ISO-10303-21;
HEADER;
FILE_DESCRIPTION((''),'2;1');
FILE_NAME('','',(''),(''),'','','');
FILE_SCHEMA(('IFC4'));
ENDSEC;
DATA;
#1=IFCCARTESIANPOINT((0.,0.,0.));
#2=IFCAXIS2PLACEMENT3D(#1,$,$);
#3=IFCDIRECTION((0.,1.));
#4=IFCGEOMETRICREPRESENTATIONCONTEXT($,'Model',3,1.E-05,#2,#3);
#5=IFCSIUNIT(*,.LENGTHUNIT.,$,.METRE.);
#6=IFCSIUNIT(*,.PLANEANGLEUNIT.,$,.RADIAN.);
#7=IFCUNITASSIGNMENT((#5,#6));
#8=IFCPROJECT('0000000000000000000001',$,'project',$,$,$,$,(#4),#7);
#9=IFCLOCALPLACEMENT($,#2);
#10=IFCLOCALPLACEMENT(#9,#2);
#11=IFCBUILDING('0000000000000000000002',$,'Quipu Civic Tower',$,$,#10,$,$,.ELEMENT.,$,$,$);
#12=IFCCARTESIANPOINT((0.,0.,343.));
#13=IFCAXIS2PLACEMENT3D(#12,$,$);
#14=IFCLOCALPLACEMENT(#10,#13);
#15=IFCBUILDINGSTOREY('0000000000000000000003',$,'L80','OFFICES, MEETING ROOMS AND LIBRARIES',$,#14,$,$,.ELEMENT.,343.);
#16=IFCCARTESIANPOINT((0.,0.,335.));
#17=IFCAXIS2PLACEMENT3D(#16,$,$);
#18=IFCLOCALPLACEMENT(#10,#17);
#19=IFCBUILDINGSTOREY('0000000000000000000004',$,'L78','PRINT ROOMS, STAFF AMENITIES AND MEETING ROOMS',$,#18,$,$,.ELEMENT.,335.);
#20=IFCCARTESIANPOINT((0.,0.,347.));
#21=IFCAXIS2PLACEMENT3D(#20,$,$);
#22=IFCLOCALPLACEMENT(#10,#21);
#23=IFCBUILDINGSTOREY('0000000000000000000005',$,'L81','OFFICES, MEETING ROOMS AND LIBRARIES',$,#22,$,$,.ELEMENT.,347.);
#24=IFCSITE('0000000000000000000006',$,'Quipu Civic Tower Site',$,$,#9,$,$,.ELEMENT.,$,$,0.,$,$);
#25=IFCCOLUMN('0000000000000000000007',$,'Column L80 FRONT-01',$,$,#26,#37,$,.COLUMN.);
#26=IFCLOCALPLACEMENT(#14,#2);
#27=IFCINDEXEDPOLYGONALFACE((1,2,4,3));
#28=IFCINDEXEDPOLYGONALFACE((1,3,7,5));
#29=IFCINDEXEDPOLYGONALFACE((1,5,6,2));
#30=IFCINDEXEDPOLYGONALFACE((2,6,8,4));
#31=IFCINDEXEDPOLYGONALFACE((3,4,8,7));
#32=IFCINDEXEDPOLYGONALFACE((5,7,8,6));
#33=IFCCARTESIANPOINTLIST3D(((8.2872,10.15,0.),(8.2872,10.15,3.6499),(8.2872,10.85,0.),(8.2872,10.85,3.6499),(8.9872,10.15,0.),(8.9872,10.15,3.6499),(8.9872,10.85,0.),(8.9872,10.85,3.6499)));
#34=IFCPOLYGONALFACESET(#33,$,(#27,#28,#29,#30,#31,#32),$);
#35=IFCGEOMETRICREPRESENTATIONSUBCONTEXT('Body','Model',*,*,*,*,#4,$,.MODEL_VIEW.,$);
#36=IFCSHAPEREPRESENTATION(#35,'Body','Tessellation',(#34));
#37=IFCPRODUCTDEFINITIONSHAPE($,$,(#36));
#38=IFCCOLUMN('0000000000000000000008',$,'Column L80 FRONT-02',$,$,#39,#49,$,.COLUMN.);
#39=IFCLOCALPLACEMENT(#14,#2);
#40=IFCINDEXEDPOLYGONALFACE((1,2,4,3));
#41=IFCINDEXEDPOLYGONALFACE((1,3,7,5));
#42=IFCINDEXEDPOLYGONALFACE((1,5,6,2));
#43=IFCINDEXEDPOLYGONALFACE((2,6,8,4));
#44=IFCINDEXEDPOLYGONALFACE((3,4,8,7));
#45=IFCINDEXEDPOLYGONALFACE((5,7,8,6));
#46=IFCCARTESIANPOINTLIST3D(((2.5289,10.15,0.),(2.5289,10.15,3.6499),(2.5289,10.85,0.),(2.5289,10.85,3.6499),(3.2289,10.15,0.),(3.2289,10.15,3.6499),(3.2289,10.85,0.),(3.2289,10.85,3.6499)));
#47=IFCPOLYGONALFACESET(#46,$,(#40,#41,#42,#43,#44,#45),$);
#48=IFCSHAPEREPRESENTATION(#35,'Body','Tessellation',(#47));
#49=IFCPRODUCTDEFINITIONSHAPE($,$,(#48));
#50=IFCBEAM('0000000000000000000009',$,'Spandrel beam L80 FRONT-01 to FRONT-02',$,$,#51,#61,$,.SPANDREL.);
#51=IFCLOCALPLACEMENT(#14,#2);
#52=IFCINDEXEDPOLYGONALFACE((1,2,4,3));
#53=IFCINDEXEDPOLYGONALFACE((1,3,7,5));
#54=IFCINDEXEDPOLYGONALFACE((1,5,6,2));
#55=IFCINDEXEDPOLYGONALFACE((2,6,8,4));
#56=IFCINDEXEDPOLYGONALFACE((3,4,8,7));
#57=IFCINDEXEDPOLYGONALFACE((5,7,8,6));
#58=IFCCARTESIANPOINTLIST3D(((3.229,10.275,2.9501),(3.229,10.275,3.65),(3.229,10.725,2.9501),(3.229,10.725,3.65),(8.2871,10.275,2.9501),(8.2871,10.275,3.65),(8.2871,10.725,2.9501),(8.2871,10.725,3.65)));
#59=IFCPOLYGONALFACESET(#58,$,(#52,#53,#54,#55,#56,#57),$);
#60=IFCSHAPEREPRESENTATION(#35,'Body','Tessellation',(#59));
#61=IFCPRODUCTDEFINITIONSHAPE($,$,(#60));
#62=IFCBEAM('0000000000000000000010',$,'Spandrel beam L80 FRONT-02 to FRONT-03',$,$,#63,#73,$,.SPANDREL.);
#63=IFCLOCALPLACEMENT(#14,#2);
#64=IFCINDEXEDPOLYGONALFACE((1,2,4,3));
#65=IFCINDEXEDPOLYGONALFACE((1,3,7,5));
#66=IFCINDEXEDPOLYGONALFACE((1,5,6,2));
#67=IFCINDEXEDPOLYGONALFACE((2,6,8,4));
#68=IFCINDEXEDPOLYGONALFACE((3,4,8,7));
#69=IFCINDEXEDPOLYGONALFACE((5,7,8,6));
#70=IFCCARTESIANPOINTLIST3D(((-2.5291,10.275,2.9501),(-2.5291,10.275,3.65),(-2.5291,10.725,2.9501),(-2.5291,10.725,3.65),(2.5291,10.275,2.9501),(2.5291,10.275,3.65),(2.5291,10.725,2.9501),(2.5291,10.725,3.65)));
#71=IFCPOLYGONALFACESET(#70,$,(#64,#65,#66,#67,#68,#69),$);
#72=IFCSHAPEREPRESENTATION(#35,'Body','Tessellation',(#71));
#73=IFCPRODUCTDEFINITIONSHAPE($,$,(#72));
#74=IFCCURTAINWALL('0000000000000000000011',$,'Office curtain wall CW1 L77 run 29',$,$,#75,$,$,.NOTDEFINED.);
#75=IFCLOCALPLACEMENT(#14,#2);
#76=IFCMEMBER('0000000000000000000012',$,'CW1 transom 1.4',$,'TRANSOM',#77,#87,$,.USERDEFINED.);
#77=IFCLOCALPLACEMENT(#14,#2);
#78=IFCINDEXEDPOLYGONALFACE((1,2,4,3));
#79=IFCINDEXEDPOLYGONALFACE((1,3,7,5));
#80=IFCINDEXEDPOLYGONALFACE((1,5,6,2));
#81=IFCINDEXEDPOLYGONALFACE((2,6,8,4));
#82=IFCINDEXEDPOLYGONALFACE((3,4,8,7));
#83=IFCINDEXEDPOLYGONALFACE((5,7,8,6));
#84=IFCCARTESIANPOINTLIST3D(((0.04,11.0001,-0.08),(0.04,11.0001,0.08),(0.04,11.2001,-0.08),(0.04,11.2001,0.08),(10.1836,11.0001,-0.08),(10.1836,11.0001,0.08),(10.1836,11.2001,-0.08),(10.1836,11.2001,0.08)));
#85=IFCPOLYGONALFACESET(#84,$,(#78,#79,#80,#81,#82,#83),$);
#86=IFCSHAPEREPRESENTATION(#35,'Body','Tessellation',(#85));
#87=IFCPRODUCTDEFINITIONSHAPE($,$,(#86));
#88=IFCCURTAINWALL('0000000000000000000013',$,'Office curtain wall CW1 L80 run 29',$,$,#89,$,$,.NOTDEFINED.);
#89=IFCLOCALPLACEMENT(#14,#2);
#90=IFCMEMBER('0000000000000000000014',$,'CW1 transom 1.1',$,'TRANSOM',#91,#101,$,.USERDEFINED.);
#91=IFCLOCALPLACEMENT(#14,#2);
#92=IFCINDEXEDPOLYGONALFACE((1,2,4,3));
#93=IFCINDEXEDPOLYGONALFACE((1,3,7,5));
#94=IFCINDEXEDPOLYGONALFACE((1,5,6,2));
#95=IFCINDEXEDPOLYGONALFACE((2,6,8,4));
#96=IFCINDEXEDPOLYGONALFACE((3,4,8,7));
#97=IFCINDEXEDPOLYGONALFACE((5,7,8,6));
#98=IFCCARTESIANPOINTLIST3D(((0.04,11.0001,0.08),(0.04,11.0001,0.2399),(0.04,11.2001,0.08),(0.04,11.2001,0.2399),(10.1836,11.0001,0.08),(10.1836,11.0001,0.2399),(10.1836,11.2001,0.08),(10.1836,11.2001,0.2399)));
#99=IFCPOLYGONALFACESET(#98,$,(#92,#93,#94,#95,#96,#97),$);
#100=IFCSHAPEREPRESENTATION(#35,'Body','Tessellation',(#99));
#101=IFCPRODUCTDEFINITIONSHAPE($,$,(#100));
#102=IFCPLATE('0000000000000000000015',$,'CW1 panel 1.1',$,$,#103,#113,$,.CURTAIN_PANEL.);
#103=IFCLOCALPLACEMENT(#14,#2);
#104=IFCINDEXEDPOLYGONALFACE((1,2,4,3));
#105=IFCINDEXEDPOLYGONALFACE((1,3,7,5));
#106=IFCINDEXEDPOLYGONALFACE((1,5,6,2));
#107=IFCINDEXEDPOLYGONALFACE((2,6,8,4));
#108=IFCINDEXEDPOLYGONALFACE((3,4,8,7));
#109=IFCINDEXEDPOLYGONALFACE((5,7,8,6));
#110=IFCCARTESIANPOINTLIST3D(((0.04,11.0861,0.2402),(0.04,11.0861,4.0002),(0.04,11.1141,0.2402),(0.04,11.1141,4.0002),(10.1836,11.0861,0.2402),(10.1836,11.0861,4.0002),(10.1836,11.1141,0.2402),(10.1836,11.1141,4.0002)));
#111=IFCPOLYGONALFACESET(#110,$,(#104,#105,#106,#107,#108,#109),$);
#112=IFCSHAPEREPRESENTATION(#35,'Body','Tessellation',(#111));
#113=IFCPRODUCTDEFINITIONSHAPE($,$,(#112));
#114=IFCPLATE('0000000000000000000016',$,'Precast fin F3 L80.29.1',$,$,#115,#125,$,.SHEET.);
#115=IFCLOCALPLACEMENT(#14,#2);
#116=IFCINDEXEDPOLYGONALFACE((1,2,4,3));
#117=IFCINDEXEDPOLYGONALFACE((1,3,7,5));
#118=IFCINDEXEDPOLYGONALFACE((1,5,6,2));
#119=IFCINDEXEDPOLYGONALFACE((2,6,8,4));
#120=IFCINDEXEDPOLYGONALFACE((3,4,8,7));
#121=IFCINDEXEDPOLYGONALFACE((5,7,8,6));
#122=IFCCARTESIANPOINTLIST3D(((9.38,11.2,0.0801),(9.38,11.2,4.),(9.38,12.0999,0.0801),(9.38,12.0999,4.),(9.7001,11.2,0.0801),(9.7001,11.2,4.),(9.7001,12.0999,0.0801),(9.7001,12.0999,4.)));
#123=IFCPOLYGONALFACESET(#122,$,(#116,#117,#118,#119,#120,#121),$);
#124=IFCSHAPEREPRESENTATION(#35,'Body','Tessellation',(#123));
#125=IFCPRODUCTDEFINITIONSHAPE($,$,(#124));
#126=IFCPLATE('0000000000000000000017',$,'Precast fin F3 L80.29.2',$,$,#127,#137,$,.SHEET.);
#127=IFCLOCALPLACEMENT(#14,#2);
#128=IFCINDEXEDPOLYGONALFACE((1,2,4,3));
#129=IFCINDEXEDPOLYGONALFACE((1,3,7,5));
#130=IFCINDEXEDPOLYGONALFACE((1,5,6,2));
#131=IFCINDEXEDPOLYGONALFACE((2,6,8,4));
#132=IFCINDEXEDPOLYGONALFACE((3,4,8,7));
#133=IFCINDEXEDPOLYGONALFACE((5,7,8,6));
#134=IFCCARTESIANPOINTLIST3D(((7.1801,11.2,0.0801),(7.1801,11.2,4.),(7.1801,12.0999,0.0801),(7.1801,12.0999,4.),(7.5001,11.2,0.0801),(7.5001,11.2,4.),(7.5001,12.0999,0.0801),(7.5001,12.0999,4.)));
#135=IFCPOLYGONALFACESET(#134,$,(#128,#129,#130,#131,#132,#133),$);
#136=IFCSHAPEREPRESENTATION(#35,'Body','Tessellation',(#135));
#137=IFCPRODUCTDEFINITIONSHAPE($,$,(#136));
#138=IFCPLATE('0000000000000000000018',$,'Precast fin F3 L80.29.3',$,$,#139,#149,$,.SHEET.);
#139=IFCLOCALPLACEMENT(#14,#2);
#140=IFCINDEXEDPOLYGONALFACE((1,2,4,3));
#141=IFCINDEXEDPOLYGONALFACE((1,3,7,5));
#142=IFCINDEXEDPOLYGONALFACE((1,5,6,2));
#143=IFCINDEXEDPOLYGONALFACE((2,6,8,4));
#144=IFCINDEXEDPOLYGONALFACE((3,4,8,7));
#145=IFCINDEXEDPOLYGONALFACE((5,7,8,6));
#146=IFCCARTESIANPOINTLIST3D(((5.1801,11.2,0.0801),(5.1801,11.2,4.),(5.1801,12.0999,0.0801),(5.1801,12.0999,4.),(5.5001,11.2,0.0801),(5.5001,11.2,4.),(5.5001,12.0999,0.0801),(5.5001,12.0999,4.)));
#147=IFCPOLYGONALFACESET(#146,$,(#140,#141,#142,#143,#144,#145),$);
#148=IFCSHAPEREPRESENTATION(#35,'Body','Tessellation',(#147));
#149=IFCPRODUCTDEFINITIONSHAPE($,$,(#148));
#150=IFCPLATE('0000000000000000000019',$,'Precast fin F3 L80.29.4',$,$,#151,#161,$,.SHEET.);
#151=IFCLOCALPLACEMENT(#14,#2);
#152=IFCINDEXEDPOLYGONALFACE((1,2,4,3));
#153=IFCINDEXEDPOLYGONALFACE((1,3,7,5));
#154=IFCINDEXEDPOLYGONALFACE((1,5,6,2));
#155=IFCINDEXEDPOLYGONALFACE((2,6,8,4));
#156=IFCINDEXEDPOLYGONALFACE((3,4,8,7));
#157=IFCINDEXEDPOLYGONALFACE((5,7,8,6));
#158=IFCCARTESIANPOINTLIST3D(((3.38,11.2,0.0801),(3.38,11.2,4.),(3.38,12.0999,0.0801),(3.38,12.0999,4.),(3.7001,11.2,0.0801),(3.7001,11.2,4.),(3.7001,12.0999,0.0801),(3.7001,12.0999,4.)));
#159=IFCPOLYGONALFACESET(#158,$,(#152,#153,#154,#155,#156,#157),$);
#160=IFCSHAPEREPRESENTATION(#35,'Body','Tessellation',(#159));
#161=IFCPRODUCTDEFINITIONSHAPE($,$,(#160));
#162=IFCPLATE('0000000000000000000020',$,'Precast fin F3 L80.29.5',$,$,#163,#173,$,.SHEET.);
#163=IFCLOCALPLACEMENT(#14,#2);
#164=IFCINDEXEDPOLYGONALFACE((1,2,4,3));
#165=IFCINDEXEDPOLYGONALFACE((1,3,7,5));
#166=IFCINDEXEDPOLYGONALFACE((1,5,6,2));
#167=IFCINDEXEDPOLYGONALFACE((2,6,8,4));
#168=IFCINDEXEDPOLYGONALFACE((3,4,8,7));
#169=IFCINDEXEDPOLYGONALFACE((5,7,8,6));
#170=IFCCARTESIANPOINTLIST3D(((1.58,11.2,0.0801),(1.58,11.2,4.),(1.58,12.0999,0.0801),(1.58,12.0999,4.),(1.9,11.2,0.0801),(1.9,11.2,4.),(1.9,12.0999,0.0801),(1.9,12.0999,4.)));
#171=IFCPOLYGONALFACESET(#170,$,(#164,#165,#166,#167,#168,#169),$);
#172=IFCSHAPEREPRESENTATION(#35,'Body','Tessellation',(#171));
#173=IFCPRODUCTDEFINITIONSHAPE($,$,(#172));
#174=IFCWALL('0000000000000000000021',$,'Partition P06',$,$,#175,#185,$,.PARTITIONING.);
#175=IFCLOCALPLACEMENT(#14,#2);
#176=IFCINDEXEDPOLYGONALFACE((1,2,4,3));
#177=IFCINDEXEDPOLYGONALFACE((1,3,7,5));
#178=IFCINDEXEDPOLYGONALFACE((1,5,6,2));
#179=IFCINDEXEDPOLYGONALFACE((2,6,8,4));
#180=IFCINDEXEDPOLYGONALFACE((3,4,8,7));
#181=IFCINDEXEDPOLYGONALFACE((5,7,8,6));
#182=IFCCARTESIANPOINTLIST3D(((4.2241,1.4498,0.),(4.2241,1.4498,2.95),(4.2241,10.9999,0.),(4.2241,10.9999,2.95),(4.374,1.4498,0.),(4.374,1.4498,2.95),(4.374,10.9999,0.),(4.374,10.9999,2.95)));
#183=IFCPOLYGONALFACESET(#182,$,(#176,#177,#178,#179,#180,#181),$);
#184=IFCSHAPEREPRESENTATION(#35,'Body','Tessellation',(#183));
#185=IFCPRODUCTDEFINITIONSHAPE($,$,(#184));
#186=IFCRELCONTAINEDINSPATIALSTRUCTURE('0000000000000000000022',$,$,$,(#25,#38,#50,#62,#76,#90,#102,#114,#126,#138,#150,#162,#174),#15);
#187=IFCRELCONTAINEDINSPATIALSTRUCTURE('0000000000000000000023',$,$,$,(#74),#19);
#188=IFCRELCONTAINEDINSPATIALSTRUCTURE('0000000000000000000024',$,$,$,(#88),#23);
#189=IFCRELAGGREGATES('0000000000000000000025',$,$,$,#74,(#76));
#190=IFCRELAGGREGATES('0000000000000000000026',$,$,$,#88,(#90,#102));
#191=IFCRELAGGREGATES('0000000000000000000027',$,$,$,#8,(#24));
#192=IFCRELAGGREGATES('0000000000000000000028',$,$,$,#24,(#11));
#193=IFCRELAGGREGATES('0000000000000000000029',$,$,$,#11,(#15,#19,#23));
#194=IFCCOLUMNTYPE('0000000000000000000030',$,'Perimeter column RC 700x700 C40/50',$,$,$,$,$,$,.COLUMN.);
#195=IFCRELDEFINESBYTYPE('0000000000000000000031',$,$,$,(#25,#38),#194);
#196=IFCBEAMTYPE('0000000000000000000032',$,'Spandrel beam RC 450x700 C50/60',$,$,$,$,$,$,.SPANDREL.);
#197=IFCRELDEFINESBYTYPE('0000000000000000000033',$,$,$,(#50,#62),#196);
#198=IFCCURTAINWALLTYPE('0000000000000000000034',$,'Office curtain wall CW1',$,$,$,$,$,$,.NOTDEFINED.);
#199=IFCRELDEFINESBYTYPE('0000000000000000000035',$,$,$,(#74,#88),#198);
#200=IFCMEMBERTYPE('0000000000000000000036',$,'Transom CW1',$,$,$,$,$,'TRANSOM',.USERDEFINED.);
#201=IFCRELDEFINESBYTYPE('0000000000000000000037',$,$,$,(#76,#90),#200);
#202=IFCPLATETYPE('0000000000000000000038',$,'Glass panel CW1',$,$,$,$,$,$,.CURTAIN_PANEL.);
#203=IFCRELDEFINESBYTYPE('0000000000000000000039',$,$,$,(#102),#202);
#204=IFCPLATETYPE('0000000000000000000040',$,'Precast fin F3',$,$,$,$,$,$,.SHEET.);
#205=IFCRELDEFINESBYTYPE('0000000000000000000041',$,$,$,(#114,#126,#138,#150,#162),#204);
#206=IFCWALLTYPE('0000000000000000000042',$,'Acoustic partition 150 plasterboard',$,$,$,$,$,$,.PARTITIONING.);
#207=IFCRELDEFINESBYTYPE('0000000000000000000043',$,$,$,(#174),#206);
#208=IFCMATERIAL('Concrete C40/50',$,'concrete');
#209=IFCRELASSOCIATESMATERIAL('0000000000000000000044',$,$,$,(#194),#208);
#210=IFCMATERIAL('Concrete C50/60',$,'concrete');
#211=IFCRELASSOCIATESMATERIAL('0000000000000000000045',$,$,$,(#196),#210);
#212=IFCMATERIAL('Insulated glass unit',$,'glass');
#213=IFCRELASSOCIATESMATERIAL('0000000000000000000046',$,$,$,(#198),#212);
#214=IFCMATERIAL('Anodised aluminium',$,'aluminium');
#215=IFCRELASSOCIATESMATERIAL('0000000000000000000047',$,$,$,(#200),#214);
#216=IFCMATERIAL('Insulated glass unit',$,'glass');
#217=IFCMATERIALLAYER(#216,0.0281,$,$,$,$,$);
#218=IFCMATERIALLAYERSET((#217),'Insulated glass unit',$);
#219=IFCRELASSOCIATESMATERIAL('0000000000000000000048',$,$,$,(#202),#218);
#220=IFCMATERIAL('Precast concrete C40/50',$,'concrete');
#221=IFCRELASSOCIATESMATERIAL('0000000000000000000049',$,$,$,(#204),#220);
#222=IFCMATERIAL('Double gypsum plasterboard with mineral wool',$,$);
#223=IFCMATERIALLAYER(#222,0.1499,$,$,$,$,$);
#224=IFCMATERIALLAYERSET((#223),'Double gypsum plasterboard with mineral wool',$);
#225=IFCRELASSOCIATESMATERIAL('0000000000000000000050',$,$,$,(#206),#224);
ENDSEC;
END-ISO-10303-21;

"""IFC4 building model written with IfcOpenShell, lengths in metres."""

from ifc_helpers import new_model, si_unit, direction, frame, frame_2d, origin, origin_2d, place, context, subcontext, project, spatial, rectangle, extrude, material, layer, layer_set, material_profile, profile_set, type_object, element, aggregate, save


model = new_model("IFC4")

# Units and contexts
model_context = context("Model", 3, precision=1e-05, world=origin(), true_north=direction((0.0, 1.0)))
body_context = subcontext(model_context, "Body", "Model", "MODEL_VIEW")
ifc_project = project(units=[si_unit("LENGTHUNIT", "METRE"), si_unit("PLANEANGLEUNIT", "RADIAN")], contexts=[model_context])

# Site, building, storey
site_placement = place(None, origin())
site = spatial("IfcSite", under=ifc_project, at=site_placement, Name="Quipu Civic Tower Site", CompositionType="ELEMENT", RefElevation=0.0)
building_placement = place(site_placement, origin())
building = spatial("IfcBuilding", under=site, at=building_placement, Name="Quipu Civic Tower", CompositionType="ELEMENT")
storey_1_placement = place(building_placement, frame((0.0, 0.0, 343.0)))
storey_1 = spatial("IfcBuildingStorey", under=building, at=storey_1_placement, Name="L80", Description="OFFICES, MEETING ROOMS AND LIBRARIES", CompositionType="ELEMENT", Elevation=343.0)

# Columns
ifc_material_1 = material(Name="Concrete C40/50", Category="concrete")
ifc_material_profile_1 = material_profile(ifc_material_1, rectangle(XDim=0.7, YDim=0.7, at=origin_2d()), Name="RC700x700")
ifc_profile_set_1 = profile_set([ifc_material_profile_1], Name="Concrete C40/50")
column_type = type_object("IfcColumnType", Name="Perimeter column RC 700x700 C40/50", PredefinedType="COLUMN", material=ifc_profile_set_1)
for number, where, z_axis, x_axis, name in (
    (1, (8.6372, 10.5, 0.0), (0.0, 0.0, 1.0), (-1.0, 0.0, 0.0), "Column L80 FRONT-01"),
    (2, (2.8789, 10.5, 0.0), (0.0, 0.0, 1.0), (-1.0, 0.0, 0.0), "Column L80 FRONT-02"),
):
    element("IfcColumn", number, at=place(storey_1_placement, frame(where, z_axis=z_axis, x_axis=x_axis)), inside=storey_1, type_object=column_type, Name=name, PredefinedType="COLUMN", context=body_context, shape_type="SweptSolid", body=[
        extrude(rectangle(XDim=0.7, YDim=0.7, at=origin_2d()), origin(), (0.0, 0.0, 1.0), 3.6499),
    ])

# Beams
ifc_material_2 = material(Name="Concrete C50/60", Category="concrete")
ifc_material_profile_2 = material_profile(ifc_material_2, rectangle(XDim=0.45, YDim=0.7, at=origin_2d()), Name="RC450x700")
ifc_profile_set_2 = profile_set([ifc_material_profile_2], Name="Concrete C50/60")
beam_type = type_object("IfcBeamType", Name="Spandrel beam RC 450x700 C50/60", PredefinedType="SPANDREL", material=ifc_profile_set_2)
for number, where, z_axis, x_axis, name in (
    (3, (8.2871, 10.5, 3.3), (-1.0, 0.0, 0.0), (0.0, -1.0, 0.0), "Spandrel beam L80 FRONT-01 to FRONT-02"),
    (4, (2.5291, 10.5, 3.3), (-1.0, 0.0, 0.0), (0.0, -1.0, 0.0), "Spandrel beam L80 FRONT-02 to FRONT-03"),
):
    element("IfcBeam", number, at=place(storey_1_placement, frame(where, z_axis=z_axis, x_axis=x_axis)), inside=storey_1, type_object=beam_type, Name=name, PredefinedType="SPANDREL", context=body_context, shape_type="SweptSolid", body=[
        extrude(rectangle(XDim=0.45, YDim=0.7, at=origin_2d()), origin(), (0.0, 0.0, 1.0), 5.0581),
    ])

# Shared definitions
storey_2_placement = place(building_placement, frame((0.0, 0.0, 335.0)))
storey_2 = spatial("IfcBuildingStorey", under=building, at=storey_2_placement, Name="L78", Description="PRINT ROOMS, STAFF AMENITIES AND MEETING ROOMS", CompositionType="ELEMENT", Elevation=335.0)

# Curtain wall, member
ifc_material_3 = material(Name="Insulated glass unit", Category="glass")
curtain_wall_type = type_object("IfcCurtainWallType", Name="Office curtain wall CW1", PredefinedType="NOTDEFINED", material=ifc_material_3)
curtain_wall_1_placement = place(storey_2_placement, origin())
curtain_wall_1 = element("IfcCurtainWall", 5, at=curtain_wall_1_placement, inside=storey_2, type_object=curtain_wall_type, Name="Office curtain wall CW1 L77 run 29", PredefinedType="NOTDEFINED")
ifc_material_4 = material(Name="Anodised aluminium", Category="aluminium")
ifc_material_profile_3 = material_profile(ifc_material_4, rectangle(XDim=0.2, YDim=0.1599, at=origin_2d()), Name="RECT 200x160")
ifc_profile_set_3 = profile_set([ifc_material_profile_3], Name="Anodised aluminium")
member_type = type_object("IfcMemberType", Name="Transom CW1", ElementType="TRANSOM", PredefinedType="USERDEFINED", material=ifc_profile_set_3)
member_1_placement = place(storey_1_placement, frame((10.1836, 11.1001, 0.0), z_axis=(-1.0, 0.0, 0.0), x_axis=(0.0, -1.0, 0.0)))
member_1 = element("IfcMember", 6, at=member_1_placement, inside=storey_1, type_object=member_type, Name="CW1 transom 1.4", ObjectType="TRANSOM", PredefinedType="USERDEFINED", context=body_context, shape_type="SweptSolid", body=[
    extrude(rectangle(XDim=0.2, YDim=0.1599, at=origin_2d()), origin(), (0.0, 0.0, 1.0), 10.1436),
])
aggregate(curtain_wall_1, [member_1])

# Shared definitions
storey_3_placement = place(building_placement, frame((0.0, 0.0, 347.0)))
storey_3 = spatial("IfcBuildingStorey", under=building, at=storey_3_placement, Name="L81", Description="OFFICES, MEETING ROOMS AND LIBRARIES", CompositionType="ELEMENT", Elevation=347.0)

# Curtain wall, member, plate
curtain_wall_2_placement = place(storey_3_placement, origin())
curtain_wall_2 = element("IfcCurtainWall", 7, at=curtain_wall_2_placement, inside=storey_3, type_object=curtain_wall_type, Name="Office curtain wall CW1 L80 run 29", PredefinedType="NOTDEFINED")
member_2_placement = place(storey_1_placement, frame((10.1836, 11.1001, 0.1599), z_axis=(-1.0, 0.0, 0.0), x_axis=(0.0, -1.0, 0.0)))
member_2 = element("IfcMember", 8, at=member_2_placement, inside=storey_1, type_object=member_type, Name="CW1 transom 1.1", ObjectType="TRANSOM", PredefinedType="USERDEFINED", context=body_context, shape_type="SweptSolid", body=[
    extrude(rectangle(XDim=0.2, YDim=0.1599, at=origin_2d()), origin(), (0.0, 0.0, 1.0), 10.1436),
])
ifc_material_5 = material(Name="Insulated glass unit", Category="glass")
ifc_layer_1 = layer(ifc_material_5, 0.0281)
ifc_layer_set_1 = layer_set([ifc_layer_1], Name="Insulated glass unit")
plate_type_1 = type_object("IfcPlateType", Name="Glass panel CW1", PredefinedType="CURTAIN_PANEL", material=ifc_layer_set_1)
plate_placement = place(storey_1_placement, frame((5.1118, 11.1001, 0.2402), z_axis=(0.0, 0.0, 1.0), x_axis=(-1.0, 0.0, 0.0)))
plate = element("IfcPlate", 9, at=plate_placement, inside=storey_1, type_object=plate_type_1, Name="CW1 panel 1.1", PredefinedType="CURTAIN_PANEL", context=body_context, shape_type="SweptSolid", body=[
    extrude(rectangle(XDim=10.1436, YDim=0.0281, at=origin_2d()), origin(), (0.0, 0.0, 1.0), 3.76),
])
aggregate(curtain_wall_2, [member_2, plate])

# Plates
ifc_material_6 = material(Name="Precast concrete C40/50", Category="concrete")
plate_type_2 = type_object("IfcPlateType", Name="Precast fin F3", PredefinedType="SHEET", material=ifc_material_6)
for number, where, z_axis, x_axis, name in (
    (10, (9.54, 11.6499, 0.0801), (0.0, 0.0, 1.0), (-1.0, 0.0, 0.0), "Precast fin F3 L80.29.1"),
    (11, (7.3401, 11.6499, 0.0801), (0.0, 0.0, 1.0), (-1.0, 0.0, 0.0), "Precast fin F3 L80.29.2"),
    (12, (5.3401, 11.6499, 0.0801), (0.0, 0.0, 1.0), (-1.0, 0.0, 0.0), "Precast fin F3 L80.29.3"),
    (13, (3.54, 11.6499, 0.0801), (0.0, 0.0, 1.0), (-1.0, 0.0, 0.0), "Precast fin F3 L80.29.4"),
    (14, (1.74, 11.6499, 0.0801), (0.0, 0.0, 1.0), (-1.0, 0.0, 0.0), "Precast fin F3 L80.29.5"),
):
    element("IfcPlate", number, at=place(storey_1_placement, frame(where, z_axis=z_axis, x_axis=x_axis)), inside=storey_1, type_object=plate_type_2, Name=name, PredefinedType="SHEET", context=body_context, shape_type="SweptSolid", body=[
        extrude(rectangle(XDim=0.3201, YDim=0.8999, at=origin_2d()), origin(), (0.0, 0.0, 1.0), 3.9199),
    ])

# Wall
ifc_material_7 = material(Name="Double gypsum plasterboard with mineral wool")
ifc_layer_2 = layer(ifc_material_7, 0.1499)
ifc_layer_set_2 = layer_set([ifc_layer_2], Name="Double gypsum plasterboard with mineral wool")
wall_type_1 = type_object("IfcWallType", Name="Acoustic partition 150 plasterboard", PredefinedType="PARTITIONING", material=ifc_layer_set_2)
wall_1_placement = place(storey_1_placement, frame((4.2991, 1.45, 0.0), z_axis=(0.0, 0.0, 1.0), x_axis=(0.0, 1.0, 0.0)))
element("IfcWall", 15, at=wall_1_placement, inside=storey_1, type_object=wall_type_1, Name="Partition P06", PredefinedType="PARTITIONING", context=body_context, shape_type="SweptSolid", body=[
    extrude(rectangle(XDim=9.55, YDim=0.1499, at=frame_2d((4.7749, 0.0))), origin(), (0.0, 0.0, 1.0), 2.95),
])

save(model, "model.ifc")
